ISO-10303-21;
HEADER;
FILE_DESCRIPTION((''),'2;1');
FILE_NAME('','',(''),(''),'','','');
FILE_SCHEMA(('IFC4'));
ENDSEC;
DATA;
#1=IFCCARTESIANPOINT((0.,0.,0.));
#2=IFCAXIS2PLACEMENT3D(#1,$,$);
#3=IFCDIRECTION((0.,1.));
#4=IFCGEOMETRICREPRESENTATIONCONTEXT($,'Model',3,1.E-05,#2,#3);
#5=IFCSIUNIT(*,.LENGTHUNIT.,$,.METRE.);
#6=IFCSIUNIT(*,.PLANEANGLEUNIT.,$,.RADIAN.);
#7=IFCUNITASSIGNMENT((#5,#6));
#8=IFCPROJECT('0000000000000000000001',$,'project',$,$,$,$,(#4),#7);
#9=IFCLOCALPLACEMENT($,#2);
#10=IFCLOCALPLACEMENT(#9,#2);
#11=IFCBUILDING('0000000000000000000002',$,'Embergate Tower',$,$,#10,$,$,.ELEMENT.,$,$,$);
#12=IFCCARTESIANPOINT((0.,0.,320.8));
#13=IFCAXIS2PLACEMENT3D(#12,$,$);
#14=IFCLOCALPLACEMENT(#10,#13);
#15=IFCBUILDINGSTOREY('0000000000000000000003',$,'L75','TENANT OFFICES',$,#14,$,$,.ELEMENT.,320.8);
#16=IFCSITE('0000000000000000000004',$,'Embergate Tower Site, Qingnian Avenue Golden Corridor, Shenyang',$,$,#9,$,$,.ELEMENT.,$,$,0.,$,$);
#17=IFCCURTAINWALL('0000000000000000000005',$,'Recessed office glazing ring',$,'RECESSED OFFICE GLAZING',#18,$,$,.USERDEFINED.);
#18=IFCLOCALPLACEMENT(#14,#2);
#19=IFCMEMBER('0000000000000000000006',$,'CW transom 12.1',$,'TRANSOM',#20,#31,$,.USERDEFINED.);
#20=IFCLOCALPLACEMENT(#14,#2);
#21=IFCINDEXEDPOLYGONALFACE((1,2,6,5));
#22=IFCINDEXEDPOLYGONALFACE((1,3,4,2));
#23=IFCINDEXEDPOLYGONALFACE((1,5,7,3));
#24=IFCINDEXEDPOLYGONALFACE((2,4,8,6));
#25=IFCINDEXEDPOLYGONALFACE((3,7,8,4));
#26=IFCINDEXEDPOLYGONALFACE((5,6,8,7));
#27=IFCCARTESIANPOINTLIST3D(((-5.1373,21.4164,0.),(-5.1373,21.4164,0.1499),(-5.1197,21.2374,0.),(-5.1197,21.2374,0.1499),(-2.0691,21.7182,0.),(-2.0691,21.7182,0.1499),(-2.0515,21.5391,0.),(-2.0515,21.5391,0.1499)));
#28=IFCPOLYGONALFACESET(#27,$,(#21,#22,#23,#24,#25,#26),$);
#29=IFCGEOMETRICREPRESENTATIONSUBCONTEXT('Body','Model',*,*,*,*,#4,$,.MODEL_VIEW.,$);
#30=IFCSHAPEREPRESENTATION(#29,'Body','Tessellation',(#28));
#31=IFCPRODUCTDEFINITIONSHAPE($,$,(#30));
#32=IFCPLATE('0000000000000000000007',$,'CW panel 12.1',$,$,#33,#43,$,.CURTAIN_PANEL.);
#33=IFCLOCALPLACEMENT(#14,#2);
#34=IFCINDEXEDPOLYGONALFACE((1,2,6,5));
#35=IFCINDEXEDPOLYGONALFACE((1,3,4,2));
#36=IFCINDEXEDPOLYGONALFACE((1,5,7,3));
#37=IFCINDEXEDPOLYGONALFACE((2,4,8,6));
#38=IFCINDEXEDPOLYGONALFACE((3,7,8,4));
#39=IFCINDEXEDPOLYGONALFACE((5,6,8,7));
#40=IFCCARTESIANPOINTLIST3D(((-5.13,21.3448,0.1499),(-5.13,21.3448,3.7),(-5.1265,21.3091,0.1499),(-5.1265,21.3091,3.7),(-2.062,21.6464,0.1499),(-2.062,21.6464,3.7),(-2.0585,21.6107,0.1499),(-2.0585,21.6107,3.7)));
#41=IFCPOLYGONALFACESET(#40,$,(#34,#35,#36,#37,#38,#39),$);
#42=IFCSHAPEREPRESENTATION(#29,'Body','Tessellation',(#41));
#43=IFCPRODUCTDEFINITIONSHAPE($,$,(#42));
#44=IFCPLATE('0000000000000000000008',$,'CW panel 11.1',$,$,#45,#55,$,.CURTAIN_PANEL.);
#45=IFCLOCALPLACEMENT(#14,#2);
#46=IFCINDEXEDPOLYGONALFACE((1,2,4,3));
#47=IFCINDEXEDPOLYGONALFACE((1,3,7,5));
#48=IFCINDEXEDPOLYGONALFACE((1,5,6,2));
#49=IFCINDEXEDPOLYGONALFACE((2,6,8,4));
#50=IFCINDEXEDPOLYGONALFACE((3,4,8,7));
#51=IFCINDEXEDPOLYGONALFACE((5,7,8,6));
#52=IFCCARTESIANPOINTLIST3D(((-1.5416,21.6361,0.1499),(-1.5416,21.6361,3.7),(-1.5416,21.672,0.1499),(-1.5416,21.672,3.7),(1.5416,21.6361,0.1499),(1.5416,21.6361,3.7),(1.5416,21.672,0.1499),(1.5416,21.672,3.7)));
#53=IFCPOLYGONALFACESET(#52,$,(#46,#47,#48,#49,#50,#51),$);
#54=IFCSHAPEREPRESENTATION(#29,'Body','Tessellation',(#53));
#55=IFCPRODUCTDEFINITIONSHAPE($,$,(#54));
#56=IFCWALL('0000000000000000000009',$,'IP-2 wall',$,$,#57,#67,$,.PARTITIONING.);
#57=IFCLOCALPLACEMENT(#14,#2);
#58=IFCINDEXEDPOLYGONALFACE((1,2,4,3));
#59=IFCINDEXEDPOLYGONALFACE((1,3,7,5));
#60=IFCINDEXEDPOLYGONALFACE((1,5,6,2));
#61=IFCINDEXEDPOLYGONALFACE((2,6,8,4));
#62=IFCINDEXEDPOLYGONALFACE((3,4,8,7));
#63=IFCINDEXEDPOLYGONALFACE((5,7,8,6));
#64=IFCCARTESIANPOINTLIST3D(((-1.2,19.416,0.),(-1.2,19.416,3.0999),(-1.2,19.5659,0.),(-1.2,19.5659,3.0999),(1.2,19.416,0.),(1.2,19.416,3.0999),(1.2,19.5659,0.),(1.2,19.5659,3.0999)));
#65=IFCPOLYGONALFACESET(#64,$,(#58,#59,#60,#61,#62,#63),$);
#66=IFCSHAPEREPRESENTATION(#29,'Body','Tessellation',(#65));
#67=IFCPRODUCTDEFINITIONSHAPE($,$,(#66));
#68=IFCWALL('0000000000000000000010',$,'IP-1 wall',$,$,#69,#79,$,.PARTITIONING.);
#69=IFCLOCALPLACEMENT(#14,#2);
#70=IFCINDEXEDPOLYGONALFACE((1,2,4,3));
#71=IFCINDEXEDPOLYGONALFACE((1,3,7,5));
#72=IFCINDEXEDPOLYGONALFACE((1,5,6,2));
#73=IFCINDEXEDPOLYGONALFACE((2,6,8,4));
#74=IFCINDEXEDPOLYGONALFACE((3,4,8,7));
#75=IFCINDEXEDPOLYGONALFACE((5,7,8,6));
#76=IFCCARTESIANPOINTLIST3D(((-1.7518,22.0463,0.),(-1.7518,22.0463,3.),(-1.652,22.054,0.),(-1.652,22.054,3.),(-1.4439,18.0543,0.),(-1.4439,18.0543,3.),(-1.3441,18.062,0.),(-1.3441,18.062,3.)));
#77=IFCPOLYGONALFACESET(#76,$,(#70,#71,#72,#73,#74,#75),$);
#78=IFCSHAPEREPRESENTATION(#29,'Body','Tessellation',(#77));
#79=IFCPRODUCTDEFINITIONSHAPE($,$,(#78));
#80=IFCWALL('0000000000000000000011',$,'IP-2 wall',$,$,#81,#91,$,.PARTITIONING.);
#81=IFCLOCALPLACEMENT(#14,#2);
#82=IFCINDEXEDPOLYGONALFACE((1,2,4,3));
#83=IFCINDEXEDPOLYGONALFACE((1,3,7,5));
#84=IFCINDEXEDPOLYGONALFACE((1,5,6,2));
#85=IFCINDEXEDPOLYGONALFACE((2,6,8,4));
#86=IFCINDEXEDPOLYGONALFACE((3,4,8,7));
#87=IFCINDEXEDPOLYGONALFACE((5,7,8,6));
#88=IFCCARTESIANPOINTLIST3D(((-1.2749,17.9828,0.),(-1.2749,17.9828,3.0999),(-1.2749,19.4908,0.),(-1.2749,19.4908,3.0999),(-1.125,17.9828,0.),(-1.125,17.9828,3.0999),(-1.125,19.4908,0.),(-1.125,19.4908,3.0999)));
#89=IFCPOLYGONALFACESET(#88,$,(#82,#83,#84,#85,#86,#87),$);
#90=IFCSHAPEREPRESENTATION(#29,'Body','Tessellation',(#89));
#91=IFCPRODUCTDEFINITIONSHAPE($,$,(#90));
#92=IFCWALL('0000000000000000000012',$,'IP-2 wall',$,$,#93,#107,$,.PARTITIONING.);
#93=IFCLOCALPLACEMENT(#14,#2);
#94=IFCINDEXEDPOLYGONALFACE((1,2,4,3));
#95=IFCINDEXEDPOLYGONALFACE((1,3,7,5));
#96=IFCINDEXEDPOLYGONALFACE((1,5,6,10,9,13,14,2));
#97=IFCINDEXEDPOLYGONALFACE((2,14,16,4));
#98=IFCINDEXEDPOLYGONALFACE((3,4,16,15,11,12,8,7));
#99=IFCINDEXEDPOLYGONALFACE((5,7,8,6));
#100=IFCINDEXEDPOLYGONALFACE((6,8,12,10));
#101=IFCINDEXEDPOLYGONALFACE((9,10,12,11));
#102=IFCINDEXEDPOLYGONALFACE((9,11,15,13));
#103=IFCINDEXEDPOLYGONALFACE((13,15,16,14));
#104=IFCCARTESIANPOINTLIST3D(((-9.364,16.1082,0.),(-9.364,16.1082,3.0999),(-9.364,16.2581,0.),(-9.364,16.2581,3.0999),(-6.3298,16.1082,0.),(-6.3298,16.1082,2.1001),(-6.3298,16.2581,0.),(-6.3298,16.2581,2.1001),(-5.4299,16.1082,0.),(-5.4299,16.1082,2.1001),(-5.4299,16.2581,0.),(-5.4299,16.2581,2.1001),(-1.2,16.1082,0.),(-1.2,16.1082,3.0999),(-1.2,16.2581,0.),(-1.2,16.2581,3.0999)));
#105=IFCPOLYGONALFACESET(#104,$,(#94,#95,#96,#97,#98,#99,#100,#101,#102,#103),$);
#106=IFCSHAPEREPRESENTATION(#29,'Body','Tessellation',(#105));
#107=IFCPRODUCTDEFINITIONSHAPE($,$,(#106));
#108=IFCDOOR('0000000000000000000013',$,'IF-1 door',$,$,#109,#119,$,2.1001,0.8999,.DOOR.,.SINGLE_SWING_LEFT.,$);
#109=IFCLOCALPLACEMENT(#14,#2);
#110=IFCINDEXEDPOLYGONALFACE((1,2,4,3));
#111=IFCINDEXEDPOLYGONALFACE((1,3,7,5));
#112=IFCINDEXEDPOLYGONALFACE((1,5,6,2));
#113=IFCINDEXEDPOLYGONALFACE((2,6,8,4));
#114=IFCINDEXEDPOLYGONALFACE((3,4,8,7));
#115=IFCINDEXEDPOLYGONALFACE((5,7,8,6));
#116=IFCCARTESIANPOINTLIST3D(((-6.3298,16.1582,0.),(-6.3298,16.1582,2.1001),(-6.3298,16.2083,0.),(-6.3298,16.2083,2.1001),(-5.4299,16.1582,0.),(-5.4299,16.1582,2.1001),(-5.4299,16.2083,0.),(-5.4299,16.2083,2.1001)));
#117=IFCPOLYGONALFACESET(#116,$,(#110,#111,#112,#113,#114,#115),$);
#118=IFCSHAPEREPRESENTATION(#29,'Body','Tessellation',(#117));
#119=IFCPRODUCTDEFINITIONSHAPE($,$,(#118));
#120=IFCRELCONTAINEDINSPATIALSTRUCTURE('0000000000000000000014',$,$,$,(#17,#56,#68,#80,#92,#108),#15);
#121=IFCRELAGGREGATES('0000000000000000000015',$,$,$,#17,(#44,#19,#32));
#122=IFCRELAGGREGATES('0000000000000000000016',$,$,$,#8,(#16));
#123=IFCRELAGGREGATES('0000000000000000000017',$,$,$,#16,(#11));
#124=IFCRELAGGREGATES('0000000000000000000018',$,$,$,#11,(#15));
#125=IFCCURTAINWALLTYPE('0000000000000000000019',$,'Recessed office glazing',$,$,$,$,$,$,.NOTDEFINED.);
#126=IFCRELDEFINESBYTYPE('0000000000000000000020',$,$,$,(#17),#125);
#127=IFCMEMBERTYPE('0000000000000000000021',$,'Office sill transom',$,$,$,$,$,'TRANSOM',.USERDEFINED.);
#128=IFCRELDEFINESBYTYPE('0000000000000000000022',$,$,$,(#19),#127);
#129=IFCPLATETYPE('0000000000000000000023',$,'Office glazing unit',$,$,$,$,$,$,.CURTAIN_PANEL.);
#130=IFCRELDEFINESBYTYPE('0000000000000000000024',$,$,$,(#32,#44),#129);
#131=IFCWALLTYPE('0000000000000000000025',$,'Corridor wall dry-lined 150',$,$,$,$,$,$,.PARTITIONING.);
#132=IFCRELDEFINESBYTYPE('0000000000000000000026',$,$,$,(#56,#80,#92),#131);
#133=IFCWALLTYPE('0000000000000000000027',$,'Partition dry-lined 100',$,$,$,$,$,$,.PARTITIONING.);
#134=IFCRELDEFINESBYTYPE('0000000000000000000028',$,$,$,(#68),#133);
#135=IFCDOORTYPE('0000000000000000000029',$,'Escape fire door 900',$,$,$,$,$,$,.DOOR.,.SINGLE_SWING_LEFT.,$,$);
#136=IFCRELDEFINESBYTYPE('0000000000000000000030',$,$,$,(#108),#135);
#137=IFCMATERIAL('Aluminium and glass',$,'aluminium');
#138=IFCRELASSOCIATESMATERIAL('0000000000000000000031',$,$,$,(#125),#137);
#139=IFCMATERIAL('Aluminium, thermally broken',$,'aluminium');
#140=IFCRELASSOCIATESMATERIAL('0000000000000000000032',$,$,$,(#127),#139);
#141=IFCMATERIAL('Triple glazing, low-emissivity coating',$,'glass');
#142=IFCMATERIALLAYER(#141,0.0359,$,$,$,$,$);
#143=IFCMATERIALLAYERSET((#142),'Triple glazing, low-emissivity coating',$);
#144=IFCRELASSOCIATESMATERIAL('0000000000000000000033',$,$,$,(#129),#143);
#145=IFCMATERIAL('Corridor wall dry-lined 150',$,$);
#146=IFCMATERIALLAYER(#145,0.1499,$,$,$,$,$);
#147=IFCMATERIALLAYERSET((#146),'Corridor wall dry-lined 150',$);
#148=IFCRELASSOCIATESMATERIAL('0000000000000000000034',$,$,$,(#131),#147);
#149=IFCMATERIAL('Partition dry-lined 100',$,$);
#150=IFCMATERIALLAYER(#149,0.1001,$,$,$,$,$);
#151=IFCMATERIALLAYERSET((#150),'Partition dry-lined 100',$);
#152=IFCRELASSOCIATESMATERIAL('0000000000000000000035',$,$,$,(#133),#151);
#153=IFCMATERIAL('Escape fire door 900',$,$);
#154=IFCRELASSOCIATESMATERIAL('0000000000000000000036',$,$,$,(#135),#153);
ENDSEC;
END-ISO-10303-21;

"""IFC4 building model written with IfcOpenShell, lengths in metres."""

from ifc_helpers import new_model, si_unit, direction, frame, frame_2d, origin, origin_2d, place, context, subcontext, project, spatial, rectangle, extrude, source, transform, mapped, material, layer, layer_set, material_profile, profile_set, type_object, element, fill, aggregate, save


model = new_model("IFC4")

# Units and contexts
model_context = context("Model", 3, precision=1e-05, world=origin(), true_north=direction((0.0, 1.0)))
body_context = subcontext(model_context, "Body", "Model", "MODEL_VIEW")
ifc_project = project(units=[si_unit("LENGTHUNIT", "METRE"), si_unit("PLANEANGLEUNIT", "RADIAN")], contexts=[model_context])

# Site, building, storey
site_placement = place(None, origin())
site = spatial("IfcSite", under=ifc_project, at=site_placement, Name="Embergate Tower Site, Qingnian Avenue Golden Corridor, Shenyang", CompositionType="ELEMENT", RefElevation=0.0)
building_placement = place(site_placement, origin())
building = spatial("IfcBuilding", under=site, at=building_placement, Name="Embergate Tower", CompositionType="ELEMENT")
storey_placement = place(building_placement, frame((0.0, 0.0, 320.8)))
storey = spatial("IfcBuildingStorey", under=building, at=storey_placement, Name="L75", Description="TENANT OFFICES", CompositionType="ELEMENT", Elevation=320.8)

# Curtain wall, member, plates
ifc_material_1 = material(Name="Aluminium and glass", Category="aluminium")
curtain_wall_type = type_object("IfcCurtainWallType", Name="Recessed office glazing", PredefinedType="NOTDEFINED", material=ifc_material_1)
curtain_wall_placement = place(storey_placement, origin())
curtain_wall = element("IfcCurtainWall", 1, at=curtain_wall_placement, inside=storey, type_object=curtain_wall_type, Name="Recessed office glazing ring", ObjectType="RECESSED OFFICE GLAZING", PredefinedType="USERDEFINED")
ifc_material_2 = material(Name="Aluminium, thermally broken", Category="aluminium")
ifc_material_profile_1 = material_profile(ifc_material_2, rectangle(XDim=0.1799, YDim=0.1499, at=origin_2d()), Name="AL 150x180")
ifc_profile_set_1 = profile_set([ifc_material_profile_1], Name="Aluminium, thermally broken")
member_type_1 = type_object("IfcMemberType", Name="Office sill transom", ElementType="TRANSOM", PredefinedType="USERDEFINED", material=ifc_profile_set_1)
shared_shape_1 = source(origin(), body_context, "Body", "SweptSolid", [
    extrude(rectangle(XDim=0.1799, YDim=0.1499, at=origin_2d()), origin(), (0.0, 0.0, 1.0), 3.083),
])
member_1_placement = place(storey_placement, frame((-2.0603, 21.6287, 0.075), z_axis=(-0.995198, -0.097881, 0.0), x_axis=(0.097881, -0.995198, 0.0)))
member_1 = element("IfcMember", 2, at=member_1_placement, type_object=member_type_1, Name="CW transom 12.1", ObjectType="TRANSOM", PredefinedType="USERDEFINED", context=body_context, shape_type="MappedRepresentation", body=[
    mapped(shared_shape_1, transform((0.0, 0.0, 0.0))),
])
ifc_material_3 = material(Name="Triple glazing, low-emissivity coating", Category="glass")
ifc_layer_1 = layer(ifc_material_3, 0.0359)
ifc_layer_set_1 = layer_set([ifc_layer_1], Name="Triple glazing, low-emissivity coating")
plate_type = type_object("IfcPlateType", Name="Office glazing unit", PredefinedType="CURTAIN_PANEL", material=ifc_layer_set_1)
shared_shape_2 = source(origin(), body_context, "Body", "SweptSolid", [
    extrude(rectangle(XDim=3.0828, YDim=0.0359, at=origin_2d()), origin(), (0.0, 0.0, 1.0), 3.55),
])
plate_1_placement = place(storey_placement, frame((-3.5942, 21.4778, 0.1499), z_axis=(0.0, 0.0, 1.0), x_axis=(-0.995203, -0.097831, 0.0)))
plate_1 = element("IfcPlate", 3, at=plate_1_placement, type_object=plate_type, Name="CW panel 12.1", PredefinedType="CURTAIN_PANEL", context=body_context, shape_type="MappedRepresentation", body=[
    mapped(shared_shape_2, transform((0.0, 0.0, 0.0))),
])
shared_shape_3 = source(origin(), body_context, "Body", "SweptSolid", [
    extrude(rectangle(XDim=3.0833, YDim=0.0359, at=origin_2d()), origin(), (0.0, 0.0, 1.0), 3.55),
])
plate_2_placement = place(storey_placement, frame((0.0, 21.6541, 0.1499), z_axis=(0.0, 0.0, 1.0), x_axis=(-1.0, 0.0, 0.0)))
plate_2 = element("IfcPlate", 4, at=plate_2_placement, type_object=plate_type, Name="CW panel 11.1", PredefinedType="CURTAIN_PANEL", context=body_context, shape_type="MappedRepresentation", body=[
    mapped(shared_shape_3, transform((0.0, 0.0, 0.0))),
])
aggregate(curtain_wall, [plate_2, member_1, plate_1])

# Walls
ifc_material_4 = material(Name="Corridor wall dry-lined 150")
ifc_layer_2 = layer(ifc_material_4, 0.1499)
ifc_layer_set_2 = layer_set([ifc_layer_2], Name="Corridor wall dry-lined 150")
wall_type_1 = type_object("IfcWallType", Name="Corridor wall dry-lined 150", PredefinedType="PARTITIONING", material=ifc_layer_set_2)
shared_shape_4 = source(origin(), body_context, "Body", "SweptSolid", [
    extrude(rectangle(XDim=2.3999, YDim=0.1499, at=frame_2d((1.2, 0.0))), origin(), (0.0, 0.0, 1.0), 3.0999),
])
wall_1_placement = place(storey_placement, frame((-1.2, 19.491, 0.0), z_axis=(0.0, 0.0, 1.0), x_axis=(1.0, 0.0, 0.0)))
element("IfcWall", 5, at=wall_1_placement, inside=storey, type_object=wall_type_1, Name="IP-2 wall", PredefinedType="PARTITIONING", context=body_context, shape_type="MappedRepresentation", body=[
    mapped(shared_shape_4, transform((0.0, 0.0, 0.0))),
])
ifc_material_5 = material(Name="Partition dry-lined 100")
ifc_layer_3 = layer(ifc_material_5, 0.1001)
ifc_layer_set_3 = layer_set([ifc_layer_3], Name="Partition dry-lined 100")
wall_type_2 = type_object("IfcWallType", Name="Partition dry-lined 100", PredefinedType="PARTITIONING", material=ifc_layer_set_3)
shared_shape_5 = source(origin(), body_context, "Body", "SweptSolid", [
    extrude(rectangle(XDim=4.0039, YDim=0.1001, at=frame_2d((2.002, 0.0))), origin(), (0.0, 0.0, 1.0), 3.0),
])
wall_2_placement = place(storey_placement, frame((-1.394, 18.0581, 0.0), z_axis=(0.0, 0.0, 1.0), x_axis=(-0.076892, 0.997039, 0.0)))
element("IfcWall", 6, at=wall_2_placement, inside=storey, type_object=wall_type_2, Name="IP-1 wall", PredefinedType="PARTITIONING", context=body_context, shape_type="MappedRepresentation", body=[
    mapped(shared_shape_5, transform((0.0, 0.0, 0.0))),
])
shared_shape_6 = source(origin(), body_context, "Body", "SweptSolid", [
    extrude(rectangle(XDim=1.5081, YDim=0.1499, at=frame_2d((0.7539, 0.0))), origin(), (0.0, 0.0, 1.0), 3.0999),
])
wall_3_placement = place(storey_placement, frame((-1.2, 17.9829, 0.0), z_axis=(0.0, 0.0, 1.0), x_axis=(0.0, 1.0, 0.0)))
element("IfcWall", 7, at=wall_3_placement, inside=storey, type_object=wall_type_1, Name="IP-2 wall", PredefinedType="PARTITIONING", context=body_context, shape_type="MappedRepresentation", body=[
    mapped(shared_shape_6, transform((0.0, 0.0, 0.0))),
])

# Wall, opening, door
shared_shape_7 = source(origin(), body_context, "Body", "SweptSolid", [
    extrude(rectangle(XDim=8.1641, YDim=0.1499, at=frame_2d((4.082, 0.0))), origin(), (0.0, 0.0, 1.0), 3.0999),
])
wall_4_placement = place(storey_placement, frame((-1.2, 16.1831, 0.0), z_axis=(0.0, 0.0, 1.0), x_axis=(-1.0, 0.0, 0.0)))
wall_4 = element("IfcWall", 8, at=wall_4_placement, inside=storey, type_object=wall_type_1, Name="IP-2 wall", PredefinedType="PARTITIONING", context=body_context, shape_type="MappedRepresentation", body=[
    mapped(shared_shape_7, transform((0.0, 0.0, 0.0))),
])
shared_shape_8 = source(origin(), body_context, "Body", "SweptSolid", [
    extrude(rectangle(XDim=0.8999, YDim=2.1001, at=frame_2d((0.45, 1.05))), frame((0.0, 0.085, 0.0), z_axis=(0.0, -1.0, 0.0), x_axis=(1.0, 0.0, 0.0)), (0.0, 0.0, 1.0), 0.1699),
])
opening_placement = place(wall_4_placement, frame((4.23, 0.0, 0.0)))
opening = element("IfcOpeningElement", 9, at=opening_placement, cuts=wall_4, PredefinedType="OPENING", context=body_context, shape_type="MappedRepresentation", body=[
    mapped(shared_shape_8, transform((0.0, 0.0, 0.0))),
])
ifc_material_6 = material(Name="Escape fire door 900")
door_type = type_object("IfcDoorType", Name="Escape fire door 900", OperationType="SINGLE_SWING_LEFT", PredefinedType="DOOR", material=ifc_material_6)
shared_shape_9 = source(origin(), body_context, "Body", "SweptSolid", [
    extrude(rectangle(XDim=0.8999, YDim=2.1001, at=frame_2d((0.45, 1.05))), frame((0.0, 0.0249, 0.0), z_axis=(0.0, -1.0, 0.0), x_axis=(1.0, 0.0, 0.0)), (0.0, 0.0, 1.0), 0.05),
])
door_placement = place(opening_placement, origin())
door = element("IfcDoor", 10, at=door_placement, inside=storey, type_object=door_type, Name="IF-1 door", OperationType="SINGLE_SWING_LEFT", OverallHeight=2.1001, OverallWidth=0.8999, PredefinedType="DOOR", context=body_context, shape_type="MappedRepresentation", body=[
    mapped(shared_shape_9, transform((0.0, 0.0, 0.0))),
])
fill(opening, door)

save(model, "model.ifc")
